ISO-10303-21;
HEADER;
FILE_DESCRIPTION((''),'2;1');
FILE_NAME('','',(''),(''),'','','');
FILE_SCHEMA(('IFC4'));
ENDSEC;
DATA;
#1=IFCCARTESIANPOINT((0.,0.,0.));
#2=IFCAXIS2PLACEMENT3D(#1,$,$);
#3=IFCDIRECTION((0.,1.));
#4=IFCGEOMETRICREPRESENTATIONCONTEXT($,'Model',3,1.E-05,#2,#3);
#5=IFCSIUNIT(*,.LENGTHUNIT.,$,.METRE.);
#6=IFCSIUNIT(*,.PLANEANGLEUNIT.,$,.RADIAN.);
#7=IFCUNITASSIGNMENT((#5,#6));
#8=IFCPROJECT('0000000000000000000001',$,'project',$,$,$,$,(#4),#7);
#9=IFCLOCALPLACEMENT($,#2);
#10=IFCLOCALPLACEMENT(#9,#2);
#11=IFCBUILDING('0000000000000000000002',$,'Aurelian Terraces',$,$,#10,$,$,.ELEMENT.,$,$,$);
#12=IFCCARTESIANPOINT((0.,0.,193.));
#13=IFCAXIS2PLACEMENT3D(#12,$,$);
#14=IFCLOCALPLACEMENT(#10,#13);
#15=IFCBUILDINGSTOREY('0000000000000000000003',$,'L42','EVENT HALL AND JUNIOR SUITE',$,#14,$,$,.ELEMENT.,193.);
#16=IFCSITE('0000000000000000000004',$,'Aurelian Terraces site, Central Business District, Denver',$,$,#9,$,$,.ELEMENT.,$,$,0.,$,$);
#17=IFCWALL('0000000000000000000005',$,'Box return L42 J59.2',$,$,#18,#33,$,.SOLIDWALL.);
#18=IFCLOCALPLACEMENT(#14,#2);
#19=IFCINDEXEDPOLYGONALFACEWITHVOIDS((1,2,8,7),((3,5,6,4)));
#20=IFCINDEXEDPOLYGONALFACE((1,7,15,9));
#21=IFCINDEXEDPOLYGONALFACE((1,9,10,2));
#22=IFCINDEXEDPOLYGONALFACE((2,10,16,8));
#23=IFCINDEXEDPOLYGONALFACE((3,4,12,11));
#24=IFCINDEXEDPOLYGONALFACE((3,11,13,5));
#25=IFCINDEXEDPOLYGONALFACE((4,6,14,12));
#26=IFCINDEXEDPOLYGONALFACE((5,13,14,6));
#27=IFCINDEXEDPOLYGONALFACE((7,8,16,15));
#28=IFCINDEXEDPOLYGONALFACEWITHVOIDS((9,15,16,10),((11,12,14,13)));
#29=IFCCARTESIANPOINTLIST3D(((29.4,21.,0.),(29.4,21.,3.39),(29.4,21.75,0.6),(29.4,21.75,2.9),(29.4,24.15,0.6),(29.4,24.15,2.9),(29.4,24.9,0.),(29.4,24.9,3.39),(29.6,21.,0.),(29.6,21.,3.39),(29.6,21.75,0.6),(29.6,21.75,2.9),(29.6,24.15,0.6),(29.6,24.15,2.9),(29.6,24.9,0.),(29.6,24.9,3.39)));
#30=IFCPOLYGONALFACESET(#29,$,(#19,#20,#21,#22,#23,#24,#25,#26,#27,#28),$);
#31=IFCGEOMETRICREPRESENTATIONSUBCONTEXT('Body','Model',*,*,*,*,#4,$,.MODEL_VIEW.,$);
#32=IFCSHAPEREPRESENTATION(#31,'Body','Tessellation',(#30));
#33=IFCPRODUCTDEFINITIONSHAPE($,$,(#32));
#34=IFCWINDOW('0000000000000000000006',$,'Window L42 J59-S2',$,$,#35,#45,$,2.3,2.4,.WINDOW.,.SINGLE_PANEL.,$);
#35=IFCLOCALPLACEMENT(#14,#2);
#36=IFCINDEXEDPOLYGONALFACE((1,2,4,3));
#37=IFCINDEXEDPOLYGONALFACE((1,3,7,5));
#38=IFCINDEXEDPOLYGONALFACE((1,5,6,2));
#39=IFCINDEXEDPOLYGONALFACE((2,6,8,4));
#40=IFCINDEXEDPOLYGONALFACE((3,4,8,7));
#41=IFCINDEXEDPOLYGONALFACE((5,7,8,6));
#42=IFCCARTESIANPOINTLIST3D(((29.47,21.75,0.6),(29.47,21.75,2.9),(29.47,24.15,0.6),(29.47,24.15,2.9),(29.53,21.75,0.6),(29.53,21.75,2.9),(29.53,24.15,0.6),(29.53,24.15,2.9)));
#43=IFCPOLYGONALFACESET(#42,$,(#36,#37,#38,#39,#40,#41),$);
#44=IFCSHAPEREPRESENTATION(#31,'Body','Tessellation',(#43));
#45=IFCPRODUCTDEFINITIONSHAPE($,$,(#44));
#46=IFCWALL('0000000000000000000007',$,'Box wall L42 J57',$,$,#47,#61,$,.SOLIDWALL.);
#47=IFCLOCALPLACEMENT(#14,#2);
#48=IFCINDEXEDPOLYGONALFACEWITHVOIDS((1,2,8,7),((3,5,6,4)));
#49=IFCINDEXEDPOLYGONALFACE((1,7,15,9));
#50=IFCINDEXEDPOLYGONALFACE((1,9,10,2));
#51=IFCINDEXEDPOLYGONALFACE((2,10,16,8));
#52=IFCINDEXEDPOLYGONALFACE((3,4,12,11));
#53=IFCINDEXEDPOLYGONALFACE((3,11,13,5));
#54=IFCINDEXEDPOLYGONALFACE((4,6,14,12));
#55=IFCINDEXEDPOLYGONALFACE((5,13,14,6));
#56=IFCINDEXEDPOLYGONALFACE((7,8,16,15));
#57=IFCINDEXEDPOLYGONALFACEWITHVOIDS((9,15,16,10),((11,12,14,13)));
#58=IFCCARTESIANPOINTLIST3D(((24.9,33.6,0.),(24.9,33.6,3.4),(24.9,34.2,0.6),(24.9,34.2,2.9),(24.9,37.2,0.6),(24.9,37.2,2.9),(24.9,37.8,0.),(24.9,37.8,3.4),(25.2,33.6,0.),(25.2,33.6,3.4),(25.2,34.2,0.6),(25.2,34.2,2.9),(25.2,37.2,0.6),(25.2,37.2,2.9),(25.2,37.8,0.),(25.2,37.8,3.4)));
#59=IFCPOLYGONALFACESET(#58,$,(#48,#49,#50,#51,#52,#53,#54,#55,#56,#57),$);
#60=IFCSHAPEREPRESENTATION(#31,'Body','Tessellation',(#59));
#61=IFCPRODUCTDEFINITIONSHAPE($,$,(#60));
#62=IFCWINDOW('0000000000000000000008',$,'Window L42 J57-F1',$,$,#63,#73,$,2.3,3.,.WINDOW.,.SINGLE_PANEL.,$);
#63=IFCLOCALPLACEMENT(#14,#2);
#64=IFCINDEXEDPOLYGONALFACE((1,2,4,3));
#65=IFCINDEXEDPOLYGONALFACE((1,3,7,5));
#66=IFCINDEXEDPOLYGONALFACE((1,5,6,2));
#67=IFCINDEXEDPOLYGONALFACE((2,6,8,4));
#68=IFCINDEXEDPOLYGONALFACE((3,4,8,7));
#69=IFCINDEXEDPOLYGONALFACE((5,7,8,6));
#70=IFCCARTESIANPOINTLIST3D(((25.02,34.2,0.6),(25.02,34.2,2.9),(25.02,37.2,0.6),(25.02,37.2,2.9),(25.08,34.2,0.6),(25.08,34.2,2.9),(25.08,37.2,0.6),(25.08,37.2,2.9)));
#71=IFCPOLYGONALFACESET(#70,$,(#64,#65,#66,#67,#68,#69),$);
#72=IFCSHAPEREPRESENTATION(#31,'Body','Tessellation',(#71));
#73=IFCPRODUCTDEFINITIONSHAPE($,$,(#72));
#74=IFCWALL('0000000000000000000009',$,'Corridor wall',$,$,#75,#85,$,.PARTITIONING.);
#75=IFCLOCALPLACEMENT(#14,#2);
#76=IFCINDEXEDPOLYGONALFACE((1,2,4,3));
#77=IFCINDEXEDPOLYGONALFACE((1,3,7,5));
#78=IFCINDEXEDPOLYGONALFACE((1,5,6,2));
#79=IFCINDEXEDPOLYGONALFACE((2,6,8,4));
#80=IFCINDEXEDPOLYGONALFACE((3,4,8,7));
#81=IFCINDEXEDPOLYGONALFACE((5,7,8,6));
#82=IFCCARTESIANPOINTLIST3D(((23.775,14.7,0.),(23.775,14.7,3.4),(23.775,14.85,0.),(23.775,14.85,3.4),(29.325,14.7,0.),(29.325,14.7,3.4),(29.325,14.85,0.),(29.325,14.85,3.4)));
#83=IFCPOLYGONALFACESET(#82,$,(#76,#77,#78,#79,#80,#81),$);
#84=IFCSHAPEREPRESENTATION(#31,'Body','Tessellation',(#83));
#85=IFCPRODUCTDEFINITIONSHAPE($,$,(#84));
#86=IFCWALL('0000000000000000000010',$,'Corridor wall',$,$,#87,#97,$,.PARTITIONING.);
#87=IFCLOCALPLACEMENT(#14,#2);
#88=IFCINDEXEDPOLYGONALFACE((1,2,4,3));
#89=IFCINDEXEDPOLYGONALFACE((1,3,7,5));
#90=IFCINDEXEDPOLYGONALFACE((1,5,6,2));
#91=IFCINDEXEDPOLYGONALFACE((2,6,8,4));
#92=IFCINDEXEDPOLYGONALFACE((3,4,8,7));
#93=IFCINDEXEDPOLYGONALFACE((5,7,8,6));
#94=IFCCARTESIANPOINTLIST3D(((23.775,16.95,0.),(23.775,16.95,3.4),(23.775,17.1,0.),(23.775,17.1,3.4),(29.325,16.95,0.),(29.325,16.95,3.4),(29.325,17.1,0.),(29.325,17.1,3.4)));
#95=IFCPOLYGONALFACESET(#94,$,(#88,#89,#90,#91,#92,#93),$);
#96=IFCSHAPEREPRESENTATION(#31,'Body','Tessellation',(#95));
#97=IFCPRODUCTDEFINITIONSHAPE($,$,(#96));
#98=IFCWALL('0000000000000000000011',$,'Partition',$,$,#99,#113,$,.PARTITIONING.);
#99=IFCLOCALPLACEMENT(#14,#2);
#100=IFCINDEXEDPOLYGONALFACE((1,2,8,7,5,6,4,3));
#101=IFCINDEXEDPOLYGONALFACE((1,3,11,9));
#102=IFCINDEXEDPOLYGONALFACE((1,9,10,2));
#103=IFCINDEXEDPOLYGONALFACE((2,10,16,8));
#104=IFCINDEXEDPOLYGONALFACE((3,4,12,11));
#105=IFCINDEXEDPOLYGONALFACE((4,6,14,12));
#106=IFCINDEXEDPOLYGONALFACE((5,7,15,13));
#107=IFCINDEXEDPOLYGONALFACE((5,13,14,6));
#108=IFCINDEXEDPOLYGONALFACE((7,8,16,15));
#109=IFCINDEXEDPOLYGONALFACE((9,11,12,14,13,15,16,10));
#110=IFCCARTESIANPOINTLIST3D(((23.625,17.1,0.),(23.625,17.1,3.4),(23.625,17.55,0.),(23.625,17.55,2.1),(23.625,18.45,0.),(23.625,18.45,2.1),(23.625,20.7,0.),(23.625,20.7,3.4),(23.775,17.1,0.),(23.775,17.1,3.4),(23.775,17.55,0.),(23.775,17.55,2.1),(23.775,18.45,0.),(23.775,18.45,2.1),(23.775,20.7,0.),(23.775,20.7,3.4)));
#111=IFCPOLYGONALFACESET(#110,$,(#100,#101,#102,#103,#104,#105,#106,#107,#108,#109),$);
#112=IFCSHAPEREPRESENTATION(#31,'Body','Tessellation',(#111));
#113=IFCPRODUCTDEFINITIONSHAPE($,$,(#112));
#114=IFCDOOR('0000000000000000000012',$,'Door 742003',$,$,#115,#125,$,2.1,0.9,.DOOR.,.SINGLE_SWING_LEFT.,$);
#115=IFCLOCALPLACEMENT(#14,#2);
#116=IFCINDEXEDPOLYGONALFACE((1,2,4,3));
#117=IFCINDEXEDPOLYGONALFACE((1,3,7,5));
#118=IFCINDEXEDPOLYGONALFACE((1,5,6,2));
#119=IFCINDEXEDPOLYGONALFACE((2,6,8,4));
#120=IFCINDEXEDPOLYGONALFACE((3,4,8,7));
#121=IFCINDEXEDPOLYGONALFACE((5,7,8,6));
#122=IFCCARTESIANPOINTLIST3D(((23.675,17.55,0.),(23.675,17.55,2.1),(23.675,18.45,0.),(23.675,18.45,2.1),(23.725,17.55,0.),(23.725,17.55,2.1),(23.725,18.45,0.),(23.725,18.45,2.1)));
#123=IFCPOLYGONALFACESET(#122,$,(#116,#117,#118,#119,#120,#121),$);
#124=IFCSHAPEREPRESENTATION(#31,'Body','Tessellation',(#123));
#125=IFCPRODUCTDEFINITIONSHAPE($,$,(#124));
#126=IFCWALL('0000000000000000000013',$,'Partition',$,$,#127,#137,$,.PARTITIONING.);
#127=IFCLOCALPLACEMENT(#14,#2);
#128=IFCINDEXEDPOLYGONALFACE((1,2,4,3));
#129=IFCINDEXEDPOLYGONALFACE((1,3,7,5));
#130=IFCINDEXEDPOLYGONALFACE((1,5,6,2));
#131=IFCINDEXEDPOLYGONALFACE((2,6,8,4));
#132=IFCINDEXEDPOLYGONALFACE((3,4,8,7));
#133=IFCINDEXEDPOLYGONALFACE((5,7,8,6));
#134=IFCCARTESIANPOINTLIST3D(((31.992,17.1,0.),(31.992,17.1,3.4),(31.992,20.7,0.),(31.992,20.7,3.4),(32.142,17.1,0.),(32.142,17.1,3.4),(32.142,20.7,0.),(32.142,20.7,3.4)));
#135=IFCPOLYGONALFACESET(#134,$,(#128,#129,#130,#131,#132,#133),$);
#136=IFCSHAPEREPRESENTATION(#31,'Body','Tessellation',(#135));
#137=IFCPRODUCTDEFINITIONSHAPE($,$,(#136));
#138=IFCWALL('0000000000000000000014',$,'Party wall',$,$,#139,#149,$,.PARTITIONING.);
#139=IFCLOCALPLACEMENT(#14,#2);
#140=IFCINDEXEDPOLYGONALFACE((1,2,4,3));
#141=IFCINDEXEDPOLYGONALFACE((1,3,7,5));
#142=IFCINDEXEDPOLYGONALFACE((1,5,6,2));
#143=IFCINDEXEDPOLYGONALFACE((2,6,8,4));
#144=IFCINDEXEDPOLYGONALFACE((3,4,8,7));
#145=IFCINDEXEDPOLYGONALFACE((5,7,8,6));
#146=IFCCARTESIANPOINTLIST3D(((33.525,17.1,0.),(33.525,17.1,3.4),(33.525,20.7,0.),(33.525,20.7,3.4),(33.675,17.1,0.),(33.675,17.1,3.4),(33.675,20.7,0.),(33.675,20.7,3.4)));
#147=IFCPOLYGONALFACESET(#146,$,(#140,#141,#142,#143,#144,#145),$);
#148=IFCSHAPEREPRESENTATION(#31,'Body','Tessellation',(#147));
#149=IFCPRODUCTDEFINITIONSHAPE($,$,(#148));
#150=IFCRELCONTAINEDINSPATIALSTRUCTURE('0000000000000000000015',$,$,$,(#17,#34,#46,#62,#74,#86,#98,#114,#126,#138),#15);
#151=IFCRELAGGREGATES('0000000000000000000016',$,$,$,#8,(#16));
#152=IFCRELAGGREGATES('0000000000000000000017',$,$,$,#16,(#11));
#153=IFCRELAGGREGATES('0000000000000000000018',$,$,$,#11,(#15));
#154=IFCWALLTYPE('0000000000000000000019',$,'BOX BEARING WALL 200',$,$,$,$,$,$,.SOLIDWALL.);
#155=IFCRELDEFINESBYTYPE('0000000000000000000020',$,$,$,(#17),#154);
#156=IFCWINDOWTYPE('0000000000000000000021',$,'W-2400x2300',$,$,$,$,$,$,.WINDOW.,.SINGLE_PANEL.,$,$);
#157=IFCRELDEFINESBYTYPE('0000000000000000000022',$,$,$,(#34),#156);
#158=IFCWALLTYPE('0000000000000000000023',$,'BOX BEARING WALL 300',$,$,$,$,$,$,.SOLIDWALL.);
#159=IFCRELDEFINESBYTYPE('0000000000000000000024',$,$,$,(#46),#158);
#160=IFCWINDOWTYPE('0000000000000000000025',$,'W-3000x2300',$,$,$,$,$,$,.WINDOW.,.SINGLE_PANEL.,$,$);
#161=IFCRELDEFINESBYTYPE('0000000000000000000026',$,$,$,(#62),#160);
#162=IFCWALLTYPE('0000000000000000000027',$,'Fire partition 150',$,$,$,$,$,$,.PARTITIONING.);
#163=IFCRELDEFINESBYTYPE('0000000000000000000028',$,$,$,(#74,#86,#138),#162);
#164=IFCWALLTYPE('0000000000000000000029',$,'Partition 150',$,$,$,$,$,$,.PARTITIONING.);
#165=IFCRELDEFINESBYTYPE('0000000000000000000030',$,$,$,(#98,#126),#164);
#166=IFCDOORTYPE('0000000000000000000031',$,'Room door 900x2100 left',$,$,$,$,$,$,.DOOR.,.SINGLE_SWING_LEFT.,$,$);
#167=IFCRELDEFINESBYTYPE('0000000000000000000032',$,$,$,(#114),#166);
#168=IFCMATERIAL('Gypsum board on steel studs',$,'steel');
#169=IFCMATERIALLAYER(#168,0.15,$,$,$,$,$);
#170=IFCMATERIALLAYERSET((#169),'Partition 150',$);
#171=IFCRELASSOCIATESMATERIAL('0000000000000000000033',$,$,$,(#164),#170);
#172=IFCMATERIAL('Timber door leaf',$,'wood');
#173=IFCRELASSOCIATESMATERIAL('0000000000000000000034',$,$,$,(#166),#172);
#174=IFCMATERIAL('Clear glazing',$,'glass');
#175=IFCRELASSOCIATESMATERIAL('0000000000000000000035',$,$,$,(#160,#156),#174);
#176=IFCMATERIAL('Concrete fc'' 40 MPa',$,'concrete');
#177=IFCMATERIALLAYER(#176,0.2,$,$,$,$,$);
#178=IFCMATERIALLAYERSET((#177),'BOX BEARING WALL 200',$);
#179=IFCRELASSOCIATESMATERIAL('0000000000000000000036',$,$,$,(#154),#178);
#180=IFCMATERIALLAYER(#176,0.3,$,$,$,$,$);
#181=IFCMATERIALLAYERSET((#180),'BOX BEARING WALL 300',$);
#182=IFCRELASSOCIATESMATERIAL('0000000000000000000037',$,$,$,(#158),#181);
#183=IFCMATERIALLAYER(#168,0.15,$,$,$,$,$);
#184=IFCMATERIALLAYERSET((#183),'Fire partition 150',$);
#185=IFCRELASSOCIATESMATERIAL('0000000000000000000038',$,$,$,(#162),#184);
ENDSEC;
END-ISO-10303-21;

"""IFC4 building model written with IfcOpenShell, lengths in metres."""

from ifc_helpers import new_model, si_unit, direction, frame, frame_2d, origin, place, context, subcontext, project, spatial, rectangle, extrude, source, transform, mapped, material, layer, layer_set, type_object, element, fill, save


model = new_model("IFC4")

# Units and contexts
model_context = context("Model", 3, precision=1e-05, world=origin(), true_north=direction((0.0, 1.0)))
body_context = subcontext(model_context, "Body", "Model", "MODEL_VIEW")
ifc_project = project(units=[si_unit("LENGTHUNIT", "METRE"), si_unit("PLANEANGLEUNIT", "RADIAN")], contexts=[model_context])

# Site, building, storey
site_placement = place(None, origin())
site = spatial("IfcSite", under=ifc_project, at=site_placement, Name="Aurelian Terraces site, Central Business District, Denver", CompositionType="ELEMENT", RefElevation=0.0)
building_placement = place(site_placement, origin())
building = spatial("IfcBuilding", under=site, at=building_placement, Name="Aurelian Terraces", CompositionType="ELEMENT")
storey_placement = place(building_placement, frame((0.0, 0.0, 193.0)))
storey = spatial("IfcBuildingStorey", under=building, at=storey_placement, Name="L42", Description="EVENT HALL AND JUNIOR SUITE", CompositionType="ELEMENT", Elevation=193.0)

# Shared definitions
ifc_material_1 = material(Name="Gypsum board on steel studs", Category="steel")
ifc_layer_1 = layer(ifc_material_1, 0.15)
ifc_layer_set_1 = layer_set([ifc_layer_1], Name="Partition 150")
wall_type_1 = type_object("IfcWallType", Name="Partition 150", PredefinedType="PARTITIONING", material=ifc_layer_set_1)
shared_shape_1 = source(origin(), body_context, "Body", "SweptSolid", [
    extrude(rectangle(XDim=0.9, YDim=2.1, at=frame_2d((0.45, 1.05))), frame((0.0, 0.085, 0.0), z_axis=(0.0, -1.0, 0.0), x_axis=(1.0, 0.0, 0.0)), (0.0, 0.0, 1.0), 0.17),
])
ifc_material_2 = material(Name="Timber door leaf", Category="wood")
door_type_1 = type_object("IfcDoorType", Name="Room door 900x2100 left", OperationType="SINGLE_SWING_LEFT", PredefinedType="DOOR", material=ifc_material_2)
shared_shape_2 = source(origin(), body_context, "Body", "SweptSolid", [
    extrude(rectangle(XDim=0.9, YDim=2.1, at=frame_2d((0.45, 1.05))), frame((0.0, 0.025, 0.0), z_axis=(0.0, -1.0, 0.0), x_axis=(1.0, 0.0, 0.0)), (0.0, 0.0, 1.0), 0.05),
])

# Walls, openings, windows
shared_shape_3 = source(origin(), body_context, "Body", "SweptSolid", [
    extrude(rectangle(XDim=3.0, YDim=2.3, at=frame_2d((1.5, 1.15))), frame((0.0, 0.16, 0.0), z_axis=(0.0, -1.0, 0.0), x_axis=(1.0, 0.0, 0.0)), (0.0, 0.0, 1.0), 0.32),
])
ifc_material_3 = material(Name="Clear glazing", Category="glass")
window_type_1 = type_object("IfcWindowType", Name="W-3000x2300", PartitioningType="SINGLE_PANEL", PredefinedType="WINDOW", material=ifc_material_3)
shared_shape_4 = source(origin(), body_context, "Body", "SweptSolid", [
    extrude(rectangle(XDim=3.0, YDim=2.3, at=frame_2d((1.5, 1.15))), frame((0.0, 0.03, 0.0), z_axis=(0.0, -1.0, 0.0), x_axis=(1.0, 0.0, 0.0)), (0.0, 0.0, 1.0), 0.06),
])
ifc_material_4 = material(Name="Concrete fc' 40 MPa", Category="concrete")
ifc_layer_2 = layer(ifc_material_4, 0.2)
ifc_layer_set_2 = layer_set([ifc_layer_2], Name="BOX BEARING WALL 200")
wall_type_2 = type_object("IfcWallType", Name="BOX BEARING WALL 200", PredefinedType="SOLIDWALL", material=ifc_layer_set_2)
shared_shape_5 = source(origin(), body_context, "Body", "SweptSolid", [
    extrude(rectangle(XDim=3.9, YDim=0.2, at=frame_2d((1.95, 0.0))), origin(), (0.0, 0.0, 1.0), 3.39),
])
shared_shape_6 = source(origin(), body_context, "Body", "SweptSolid", [
    extrude(rectangle(XDim=2.4, YDim=2.3, at=frame_2d((1.2, 1.15))), frame((0.0, 0.11, 0.0), z_axis=(0.0, -1.0, 0.0), x_axis=(1.0, 0.0, 0.0)), (0.0, 0.0, 1.0), 0.22),
])
window_type_2 = type_object("IfcWindowType", Name="W-2400x2300", PartitioningType="SINGLE_PANEL", PredefinedType="WINDOW", material=ifc_material_3)
shared_shape_7 = source(origin(), body_context, "Body", "SweptSolid", [
    extrude(rectangle(XDim=2.4, YDim=2.3, at=frame_2d((1.2, 1.15))), frame((0.0, 0.03, 0.0), z_axis=(0.0, -1.0, 0.0), x_axis=(1.0, 0.0, 0.0)), (0.0, 0.0, 1.0), 0.06),
])
wall_1_placement = place(storey_placement, frame((29.5, 21.0, 0.0), z_axis=(0.0, 0.0, 1.0), x_axis=(0.0, 1.0, 0.0)))
wall_1 = element("IfcWall", 1, at=wall_1_placement, inside=storey, type_object=wall_type_2, Name="Box return L42 J59.2", PredefinedType="SOLIDWALL", context=body_context, shape_type="MappedRepresentation", body=[
    mapped(shared_shape_5, transform((0.0, 0.0, 0.0), scale=1.0)),
])
opening_1_placement = place(wall_1_placement, frame((0.75, 0.0, 0.6)))
opening_1 = element("IfcOpeningElement", 2, at=opening_1_placement, cuts=wall_1, PredefinedType="OPENING", context=body_context, shape_type="MappedRepresentation", body=[
    mapped(shared_shape_6, transform((0.0, 0.0, 0.0), scale=1.0)),
])
window_1_placement = place(opening_1_placement, origin())
window_1 = element("IfcWindow", 3, at=window_1_placement, inside=storey, type_object=window_type_2, Name="Window L42 J59-S2", OverallHeight=2.3, OverallWidth=2.4, PartitioningType="SINGLE_PANEL", PredefinedType="WINDOW", context=body_context, shape_type="MappedRepresentation", body=[
    mapped(shared_shape_7, transform((0.0, 0.0, 0.0), scale=1.0)),
])
fill(opening_1, window_1)
ifc_layer_3 = layer(ifc_material_4, 0.3)
ifc_layer_set_3 = layer_set([ifc_layer_3], Name="BOX BEARING WALL 300")
wall_type_3 = type_object("IfcWallType", Name="BOX BEARING WALL 300", PredefinedType="SOLIDWALL", material=ifc_layer_set_3)
shared_shape_8 = source(origin(), body_context, "Body", "SweptSolid", [
    extrude(rectangle(XDim=4.2, YDim=0.3, at=frame_2d((2.1, 0.0))), origin(), (0.0, 0.0, 1.0), 3.4),
])
wall_2_placement = place(storey_placement, frame((25.05, 33.6, 0.0), z_axis=(0.0, 0.0, 1.0), x_axis=(0.0, 1.0, 0.0)))
wall_2 = element("IfcWall", 4, at=wall_2_placement, inside=storey, type_object=wall_type_3, Name="Box wall L42 J57", PredefinedType="SOLIDWALL", context=body_context, shape_type="MappedRepresentation", body=[
    mapped(shared_shape_8, transform((0.0, 0.0, 0.0), scale=1.0)),
])
opening_2_placement = place(wall_2_placement, frame((0.6, 0.0, 0.6)))
opening_2 = element("IfcOpeningElement", 5, at=opening_2_placement, cuts=wall_2, PredefinedType="OPENING", context=body_context, shape_type="MappedRepresentation", body=[
    mapped(shared_shape_3, transform((0.0, 0.0, 0.0), scale=1.0)),
])
window_2_placement = place(opening_2_placement, origin())
window_2 = element("IfcWindow", 6, at=window_2_placement, inside=storey, type_object=window_type_1, Name="Window L42 J57-F1", OverallHeight=2.3, OverallWidth=3.0, PartitioningType="SINGLE_PANEL", PredefinedType="WINDOW", context=body_context, shape_type="MappedRepresentation", body=[
    mapped(shared_shape_4, transform((0.0, 0.0, 0.0), scale=1.0)),
])
fill(opening_2, window_2)

# Walls
ifc_layer_4 = layer(ifc_material_1, 0.15)
ifc_layer_set_4 = layer_set([ifc_layer_4], Name="Fire partition 150")
wall_type_4 = type_object("IfcWallType", Name="Fire partition 150", PredefinedType="PARTITIONING", material=ifc_layer_set_4)
shared_shape_9 = source(origin(), body_context, "Body", "SweptSolid", [
    extrude(rectangle(XDim=5.55, YDim=0.15, at=frame_2d((2.775, 0.0))), origin(), (0.0, 0.0, 1.0), 3.4),
])
for number, where, z_axis, x_axis, name in (
    (7, (29.325, 14.775, 0.0), (0.0, 0.0, 1.0), (-1.0, 0.0, 0.0), "Corridor wall"),
    (8, (23.775, 17.025, 0.0), (0.0, 0.0, 1.0), (1.0, 0.0, 0.0), "Corridor wall"),
):
    element("IfcWall", number, at=place(storey_placement, frame(where, z_axis=z_axis, x_axis=x_axis)), inside=storey, type_object=wall_type_4, Name=name, PredefinedType="PARTITIONING", context=body_context, shape_type="MappedRepresentation", body=[
        mapped(shared_shape_9, transform((0.0, 0.0, 0.0), scale=1.0)),
    ])

# Wall, opening, door
shared_shape_10 = source(origin(), body_context, "Body", "SweptSolid", [
    extrude(rectangle(XDim=3.6, YDim=0.15, at=frame_2d((1.8, 0.0))), origin(), (0.0, 0.0, 1.0), 3.4),
])
wall_3_placement = place(storey_placement, frame((23.7, 20.7, 0.0), z_axis=(0.0, 0.0, 1.0), x_axis=(0.0, -1.0, 0.0)))
wall_3 = element("IfcWall", 9, at=wall_3_placement, inside=storey, type_object=wall_type_1, Name="Partition", PredefinedType="PARTITIONING", context=body_context, shape_type="MappedRepresentation", body=[
    mapped(shared_shape_10, transform((0.0, 0.0, 0.0), scale=1.0)),
])
opening_3_placement = place(wall_3_placement, frame((2.25, 0.0, 0.0)))
opening_3 = element("IfcOpeningElement", 10, at=opening_3_placement, cuts=wall_3, PredefinedType="OPENING", context=body_context, shape_type="MappedRepresentation", body=[
    mapped(shared_shape_1, transform((0.0, 0.0, 0.0), scale=1.0)),
])
door_1_placement = place(opening_3_placement, origin())
door_1 = element("IfcDoor", 11, at=door_1_placement, inside=storey, type_object=door_type_1, Name="Door 742003", OperationType="SINGLE_SWING_LEFT", OverallHeight=2.1, OverallWidth=0.9, PredefinedType="DOOR", context=body_context, shape_type="MappedRepresentation", body=[
    mapped(shared_shape_2, transform((0.0, 0.0, 0.0), scale=1.0)),
])
fill(opening_3, door_1)

# Walls
wall_4_placement = place(storey_placement, frame((32.067, 20.7, 0.0), z_axis=(0.0, 0.0, 1.0), x_axis=(0.0, -1.0, 0.0)))
element("IfcWall", 12, at=wall_4_placement, inside=storey, type_object=wall_type_1, Name="Partition", PredefinedType="PARTITIONING", context=body_context, shape_type="MappedRepresentation", body=[
    mapped(shared_shape_10, transform((0.0, 0.0, 0.0), scale=1.0)),
])
wall_5_placement = place(storey_placement, frame((33.6, 17.1, 0.0), z_axis=(0.0, 0.0, 1.0), x_axis=(0.0, 1.0, 0.0)))
element("IfcWall", 13, at=wall_5_placement, inside=storey, type_object=wall_type_4, Name="Party wall", PredefinedType="PARTITIONING", context=body_context, shape_type="MappedRepresentation", body=[
    mapped(shared_shape_10, transform((0.0, 0.0, 0.0), scale=1.0)),
])

save(model, "model.ifc")
